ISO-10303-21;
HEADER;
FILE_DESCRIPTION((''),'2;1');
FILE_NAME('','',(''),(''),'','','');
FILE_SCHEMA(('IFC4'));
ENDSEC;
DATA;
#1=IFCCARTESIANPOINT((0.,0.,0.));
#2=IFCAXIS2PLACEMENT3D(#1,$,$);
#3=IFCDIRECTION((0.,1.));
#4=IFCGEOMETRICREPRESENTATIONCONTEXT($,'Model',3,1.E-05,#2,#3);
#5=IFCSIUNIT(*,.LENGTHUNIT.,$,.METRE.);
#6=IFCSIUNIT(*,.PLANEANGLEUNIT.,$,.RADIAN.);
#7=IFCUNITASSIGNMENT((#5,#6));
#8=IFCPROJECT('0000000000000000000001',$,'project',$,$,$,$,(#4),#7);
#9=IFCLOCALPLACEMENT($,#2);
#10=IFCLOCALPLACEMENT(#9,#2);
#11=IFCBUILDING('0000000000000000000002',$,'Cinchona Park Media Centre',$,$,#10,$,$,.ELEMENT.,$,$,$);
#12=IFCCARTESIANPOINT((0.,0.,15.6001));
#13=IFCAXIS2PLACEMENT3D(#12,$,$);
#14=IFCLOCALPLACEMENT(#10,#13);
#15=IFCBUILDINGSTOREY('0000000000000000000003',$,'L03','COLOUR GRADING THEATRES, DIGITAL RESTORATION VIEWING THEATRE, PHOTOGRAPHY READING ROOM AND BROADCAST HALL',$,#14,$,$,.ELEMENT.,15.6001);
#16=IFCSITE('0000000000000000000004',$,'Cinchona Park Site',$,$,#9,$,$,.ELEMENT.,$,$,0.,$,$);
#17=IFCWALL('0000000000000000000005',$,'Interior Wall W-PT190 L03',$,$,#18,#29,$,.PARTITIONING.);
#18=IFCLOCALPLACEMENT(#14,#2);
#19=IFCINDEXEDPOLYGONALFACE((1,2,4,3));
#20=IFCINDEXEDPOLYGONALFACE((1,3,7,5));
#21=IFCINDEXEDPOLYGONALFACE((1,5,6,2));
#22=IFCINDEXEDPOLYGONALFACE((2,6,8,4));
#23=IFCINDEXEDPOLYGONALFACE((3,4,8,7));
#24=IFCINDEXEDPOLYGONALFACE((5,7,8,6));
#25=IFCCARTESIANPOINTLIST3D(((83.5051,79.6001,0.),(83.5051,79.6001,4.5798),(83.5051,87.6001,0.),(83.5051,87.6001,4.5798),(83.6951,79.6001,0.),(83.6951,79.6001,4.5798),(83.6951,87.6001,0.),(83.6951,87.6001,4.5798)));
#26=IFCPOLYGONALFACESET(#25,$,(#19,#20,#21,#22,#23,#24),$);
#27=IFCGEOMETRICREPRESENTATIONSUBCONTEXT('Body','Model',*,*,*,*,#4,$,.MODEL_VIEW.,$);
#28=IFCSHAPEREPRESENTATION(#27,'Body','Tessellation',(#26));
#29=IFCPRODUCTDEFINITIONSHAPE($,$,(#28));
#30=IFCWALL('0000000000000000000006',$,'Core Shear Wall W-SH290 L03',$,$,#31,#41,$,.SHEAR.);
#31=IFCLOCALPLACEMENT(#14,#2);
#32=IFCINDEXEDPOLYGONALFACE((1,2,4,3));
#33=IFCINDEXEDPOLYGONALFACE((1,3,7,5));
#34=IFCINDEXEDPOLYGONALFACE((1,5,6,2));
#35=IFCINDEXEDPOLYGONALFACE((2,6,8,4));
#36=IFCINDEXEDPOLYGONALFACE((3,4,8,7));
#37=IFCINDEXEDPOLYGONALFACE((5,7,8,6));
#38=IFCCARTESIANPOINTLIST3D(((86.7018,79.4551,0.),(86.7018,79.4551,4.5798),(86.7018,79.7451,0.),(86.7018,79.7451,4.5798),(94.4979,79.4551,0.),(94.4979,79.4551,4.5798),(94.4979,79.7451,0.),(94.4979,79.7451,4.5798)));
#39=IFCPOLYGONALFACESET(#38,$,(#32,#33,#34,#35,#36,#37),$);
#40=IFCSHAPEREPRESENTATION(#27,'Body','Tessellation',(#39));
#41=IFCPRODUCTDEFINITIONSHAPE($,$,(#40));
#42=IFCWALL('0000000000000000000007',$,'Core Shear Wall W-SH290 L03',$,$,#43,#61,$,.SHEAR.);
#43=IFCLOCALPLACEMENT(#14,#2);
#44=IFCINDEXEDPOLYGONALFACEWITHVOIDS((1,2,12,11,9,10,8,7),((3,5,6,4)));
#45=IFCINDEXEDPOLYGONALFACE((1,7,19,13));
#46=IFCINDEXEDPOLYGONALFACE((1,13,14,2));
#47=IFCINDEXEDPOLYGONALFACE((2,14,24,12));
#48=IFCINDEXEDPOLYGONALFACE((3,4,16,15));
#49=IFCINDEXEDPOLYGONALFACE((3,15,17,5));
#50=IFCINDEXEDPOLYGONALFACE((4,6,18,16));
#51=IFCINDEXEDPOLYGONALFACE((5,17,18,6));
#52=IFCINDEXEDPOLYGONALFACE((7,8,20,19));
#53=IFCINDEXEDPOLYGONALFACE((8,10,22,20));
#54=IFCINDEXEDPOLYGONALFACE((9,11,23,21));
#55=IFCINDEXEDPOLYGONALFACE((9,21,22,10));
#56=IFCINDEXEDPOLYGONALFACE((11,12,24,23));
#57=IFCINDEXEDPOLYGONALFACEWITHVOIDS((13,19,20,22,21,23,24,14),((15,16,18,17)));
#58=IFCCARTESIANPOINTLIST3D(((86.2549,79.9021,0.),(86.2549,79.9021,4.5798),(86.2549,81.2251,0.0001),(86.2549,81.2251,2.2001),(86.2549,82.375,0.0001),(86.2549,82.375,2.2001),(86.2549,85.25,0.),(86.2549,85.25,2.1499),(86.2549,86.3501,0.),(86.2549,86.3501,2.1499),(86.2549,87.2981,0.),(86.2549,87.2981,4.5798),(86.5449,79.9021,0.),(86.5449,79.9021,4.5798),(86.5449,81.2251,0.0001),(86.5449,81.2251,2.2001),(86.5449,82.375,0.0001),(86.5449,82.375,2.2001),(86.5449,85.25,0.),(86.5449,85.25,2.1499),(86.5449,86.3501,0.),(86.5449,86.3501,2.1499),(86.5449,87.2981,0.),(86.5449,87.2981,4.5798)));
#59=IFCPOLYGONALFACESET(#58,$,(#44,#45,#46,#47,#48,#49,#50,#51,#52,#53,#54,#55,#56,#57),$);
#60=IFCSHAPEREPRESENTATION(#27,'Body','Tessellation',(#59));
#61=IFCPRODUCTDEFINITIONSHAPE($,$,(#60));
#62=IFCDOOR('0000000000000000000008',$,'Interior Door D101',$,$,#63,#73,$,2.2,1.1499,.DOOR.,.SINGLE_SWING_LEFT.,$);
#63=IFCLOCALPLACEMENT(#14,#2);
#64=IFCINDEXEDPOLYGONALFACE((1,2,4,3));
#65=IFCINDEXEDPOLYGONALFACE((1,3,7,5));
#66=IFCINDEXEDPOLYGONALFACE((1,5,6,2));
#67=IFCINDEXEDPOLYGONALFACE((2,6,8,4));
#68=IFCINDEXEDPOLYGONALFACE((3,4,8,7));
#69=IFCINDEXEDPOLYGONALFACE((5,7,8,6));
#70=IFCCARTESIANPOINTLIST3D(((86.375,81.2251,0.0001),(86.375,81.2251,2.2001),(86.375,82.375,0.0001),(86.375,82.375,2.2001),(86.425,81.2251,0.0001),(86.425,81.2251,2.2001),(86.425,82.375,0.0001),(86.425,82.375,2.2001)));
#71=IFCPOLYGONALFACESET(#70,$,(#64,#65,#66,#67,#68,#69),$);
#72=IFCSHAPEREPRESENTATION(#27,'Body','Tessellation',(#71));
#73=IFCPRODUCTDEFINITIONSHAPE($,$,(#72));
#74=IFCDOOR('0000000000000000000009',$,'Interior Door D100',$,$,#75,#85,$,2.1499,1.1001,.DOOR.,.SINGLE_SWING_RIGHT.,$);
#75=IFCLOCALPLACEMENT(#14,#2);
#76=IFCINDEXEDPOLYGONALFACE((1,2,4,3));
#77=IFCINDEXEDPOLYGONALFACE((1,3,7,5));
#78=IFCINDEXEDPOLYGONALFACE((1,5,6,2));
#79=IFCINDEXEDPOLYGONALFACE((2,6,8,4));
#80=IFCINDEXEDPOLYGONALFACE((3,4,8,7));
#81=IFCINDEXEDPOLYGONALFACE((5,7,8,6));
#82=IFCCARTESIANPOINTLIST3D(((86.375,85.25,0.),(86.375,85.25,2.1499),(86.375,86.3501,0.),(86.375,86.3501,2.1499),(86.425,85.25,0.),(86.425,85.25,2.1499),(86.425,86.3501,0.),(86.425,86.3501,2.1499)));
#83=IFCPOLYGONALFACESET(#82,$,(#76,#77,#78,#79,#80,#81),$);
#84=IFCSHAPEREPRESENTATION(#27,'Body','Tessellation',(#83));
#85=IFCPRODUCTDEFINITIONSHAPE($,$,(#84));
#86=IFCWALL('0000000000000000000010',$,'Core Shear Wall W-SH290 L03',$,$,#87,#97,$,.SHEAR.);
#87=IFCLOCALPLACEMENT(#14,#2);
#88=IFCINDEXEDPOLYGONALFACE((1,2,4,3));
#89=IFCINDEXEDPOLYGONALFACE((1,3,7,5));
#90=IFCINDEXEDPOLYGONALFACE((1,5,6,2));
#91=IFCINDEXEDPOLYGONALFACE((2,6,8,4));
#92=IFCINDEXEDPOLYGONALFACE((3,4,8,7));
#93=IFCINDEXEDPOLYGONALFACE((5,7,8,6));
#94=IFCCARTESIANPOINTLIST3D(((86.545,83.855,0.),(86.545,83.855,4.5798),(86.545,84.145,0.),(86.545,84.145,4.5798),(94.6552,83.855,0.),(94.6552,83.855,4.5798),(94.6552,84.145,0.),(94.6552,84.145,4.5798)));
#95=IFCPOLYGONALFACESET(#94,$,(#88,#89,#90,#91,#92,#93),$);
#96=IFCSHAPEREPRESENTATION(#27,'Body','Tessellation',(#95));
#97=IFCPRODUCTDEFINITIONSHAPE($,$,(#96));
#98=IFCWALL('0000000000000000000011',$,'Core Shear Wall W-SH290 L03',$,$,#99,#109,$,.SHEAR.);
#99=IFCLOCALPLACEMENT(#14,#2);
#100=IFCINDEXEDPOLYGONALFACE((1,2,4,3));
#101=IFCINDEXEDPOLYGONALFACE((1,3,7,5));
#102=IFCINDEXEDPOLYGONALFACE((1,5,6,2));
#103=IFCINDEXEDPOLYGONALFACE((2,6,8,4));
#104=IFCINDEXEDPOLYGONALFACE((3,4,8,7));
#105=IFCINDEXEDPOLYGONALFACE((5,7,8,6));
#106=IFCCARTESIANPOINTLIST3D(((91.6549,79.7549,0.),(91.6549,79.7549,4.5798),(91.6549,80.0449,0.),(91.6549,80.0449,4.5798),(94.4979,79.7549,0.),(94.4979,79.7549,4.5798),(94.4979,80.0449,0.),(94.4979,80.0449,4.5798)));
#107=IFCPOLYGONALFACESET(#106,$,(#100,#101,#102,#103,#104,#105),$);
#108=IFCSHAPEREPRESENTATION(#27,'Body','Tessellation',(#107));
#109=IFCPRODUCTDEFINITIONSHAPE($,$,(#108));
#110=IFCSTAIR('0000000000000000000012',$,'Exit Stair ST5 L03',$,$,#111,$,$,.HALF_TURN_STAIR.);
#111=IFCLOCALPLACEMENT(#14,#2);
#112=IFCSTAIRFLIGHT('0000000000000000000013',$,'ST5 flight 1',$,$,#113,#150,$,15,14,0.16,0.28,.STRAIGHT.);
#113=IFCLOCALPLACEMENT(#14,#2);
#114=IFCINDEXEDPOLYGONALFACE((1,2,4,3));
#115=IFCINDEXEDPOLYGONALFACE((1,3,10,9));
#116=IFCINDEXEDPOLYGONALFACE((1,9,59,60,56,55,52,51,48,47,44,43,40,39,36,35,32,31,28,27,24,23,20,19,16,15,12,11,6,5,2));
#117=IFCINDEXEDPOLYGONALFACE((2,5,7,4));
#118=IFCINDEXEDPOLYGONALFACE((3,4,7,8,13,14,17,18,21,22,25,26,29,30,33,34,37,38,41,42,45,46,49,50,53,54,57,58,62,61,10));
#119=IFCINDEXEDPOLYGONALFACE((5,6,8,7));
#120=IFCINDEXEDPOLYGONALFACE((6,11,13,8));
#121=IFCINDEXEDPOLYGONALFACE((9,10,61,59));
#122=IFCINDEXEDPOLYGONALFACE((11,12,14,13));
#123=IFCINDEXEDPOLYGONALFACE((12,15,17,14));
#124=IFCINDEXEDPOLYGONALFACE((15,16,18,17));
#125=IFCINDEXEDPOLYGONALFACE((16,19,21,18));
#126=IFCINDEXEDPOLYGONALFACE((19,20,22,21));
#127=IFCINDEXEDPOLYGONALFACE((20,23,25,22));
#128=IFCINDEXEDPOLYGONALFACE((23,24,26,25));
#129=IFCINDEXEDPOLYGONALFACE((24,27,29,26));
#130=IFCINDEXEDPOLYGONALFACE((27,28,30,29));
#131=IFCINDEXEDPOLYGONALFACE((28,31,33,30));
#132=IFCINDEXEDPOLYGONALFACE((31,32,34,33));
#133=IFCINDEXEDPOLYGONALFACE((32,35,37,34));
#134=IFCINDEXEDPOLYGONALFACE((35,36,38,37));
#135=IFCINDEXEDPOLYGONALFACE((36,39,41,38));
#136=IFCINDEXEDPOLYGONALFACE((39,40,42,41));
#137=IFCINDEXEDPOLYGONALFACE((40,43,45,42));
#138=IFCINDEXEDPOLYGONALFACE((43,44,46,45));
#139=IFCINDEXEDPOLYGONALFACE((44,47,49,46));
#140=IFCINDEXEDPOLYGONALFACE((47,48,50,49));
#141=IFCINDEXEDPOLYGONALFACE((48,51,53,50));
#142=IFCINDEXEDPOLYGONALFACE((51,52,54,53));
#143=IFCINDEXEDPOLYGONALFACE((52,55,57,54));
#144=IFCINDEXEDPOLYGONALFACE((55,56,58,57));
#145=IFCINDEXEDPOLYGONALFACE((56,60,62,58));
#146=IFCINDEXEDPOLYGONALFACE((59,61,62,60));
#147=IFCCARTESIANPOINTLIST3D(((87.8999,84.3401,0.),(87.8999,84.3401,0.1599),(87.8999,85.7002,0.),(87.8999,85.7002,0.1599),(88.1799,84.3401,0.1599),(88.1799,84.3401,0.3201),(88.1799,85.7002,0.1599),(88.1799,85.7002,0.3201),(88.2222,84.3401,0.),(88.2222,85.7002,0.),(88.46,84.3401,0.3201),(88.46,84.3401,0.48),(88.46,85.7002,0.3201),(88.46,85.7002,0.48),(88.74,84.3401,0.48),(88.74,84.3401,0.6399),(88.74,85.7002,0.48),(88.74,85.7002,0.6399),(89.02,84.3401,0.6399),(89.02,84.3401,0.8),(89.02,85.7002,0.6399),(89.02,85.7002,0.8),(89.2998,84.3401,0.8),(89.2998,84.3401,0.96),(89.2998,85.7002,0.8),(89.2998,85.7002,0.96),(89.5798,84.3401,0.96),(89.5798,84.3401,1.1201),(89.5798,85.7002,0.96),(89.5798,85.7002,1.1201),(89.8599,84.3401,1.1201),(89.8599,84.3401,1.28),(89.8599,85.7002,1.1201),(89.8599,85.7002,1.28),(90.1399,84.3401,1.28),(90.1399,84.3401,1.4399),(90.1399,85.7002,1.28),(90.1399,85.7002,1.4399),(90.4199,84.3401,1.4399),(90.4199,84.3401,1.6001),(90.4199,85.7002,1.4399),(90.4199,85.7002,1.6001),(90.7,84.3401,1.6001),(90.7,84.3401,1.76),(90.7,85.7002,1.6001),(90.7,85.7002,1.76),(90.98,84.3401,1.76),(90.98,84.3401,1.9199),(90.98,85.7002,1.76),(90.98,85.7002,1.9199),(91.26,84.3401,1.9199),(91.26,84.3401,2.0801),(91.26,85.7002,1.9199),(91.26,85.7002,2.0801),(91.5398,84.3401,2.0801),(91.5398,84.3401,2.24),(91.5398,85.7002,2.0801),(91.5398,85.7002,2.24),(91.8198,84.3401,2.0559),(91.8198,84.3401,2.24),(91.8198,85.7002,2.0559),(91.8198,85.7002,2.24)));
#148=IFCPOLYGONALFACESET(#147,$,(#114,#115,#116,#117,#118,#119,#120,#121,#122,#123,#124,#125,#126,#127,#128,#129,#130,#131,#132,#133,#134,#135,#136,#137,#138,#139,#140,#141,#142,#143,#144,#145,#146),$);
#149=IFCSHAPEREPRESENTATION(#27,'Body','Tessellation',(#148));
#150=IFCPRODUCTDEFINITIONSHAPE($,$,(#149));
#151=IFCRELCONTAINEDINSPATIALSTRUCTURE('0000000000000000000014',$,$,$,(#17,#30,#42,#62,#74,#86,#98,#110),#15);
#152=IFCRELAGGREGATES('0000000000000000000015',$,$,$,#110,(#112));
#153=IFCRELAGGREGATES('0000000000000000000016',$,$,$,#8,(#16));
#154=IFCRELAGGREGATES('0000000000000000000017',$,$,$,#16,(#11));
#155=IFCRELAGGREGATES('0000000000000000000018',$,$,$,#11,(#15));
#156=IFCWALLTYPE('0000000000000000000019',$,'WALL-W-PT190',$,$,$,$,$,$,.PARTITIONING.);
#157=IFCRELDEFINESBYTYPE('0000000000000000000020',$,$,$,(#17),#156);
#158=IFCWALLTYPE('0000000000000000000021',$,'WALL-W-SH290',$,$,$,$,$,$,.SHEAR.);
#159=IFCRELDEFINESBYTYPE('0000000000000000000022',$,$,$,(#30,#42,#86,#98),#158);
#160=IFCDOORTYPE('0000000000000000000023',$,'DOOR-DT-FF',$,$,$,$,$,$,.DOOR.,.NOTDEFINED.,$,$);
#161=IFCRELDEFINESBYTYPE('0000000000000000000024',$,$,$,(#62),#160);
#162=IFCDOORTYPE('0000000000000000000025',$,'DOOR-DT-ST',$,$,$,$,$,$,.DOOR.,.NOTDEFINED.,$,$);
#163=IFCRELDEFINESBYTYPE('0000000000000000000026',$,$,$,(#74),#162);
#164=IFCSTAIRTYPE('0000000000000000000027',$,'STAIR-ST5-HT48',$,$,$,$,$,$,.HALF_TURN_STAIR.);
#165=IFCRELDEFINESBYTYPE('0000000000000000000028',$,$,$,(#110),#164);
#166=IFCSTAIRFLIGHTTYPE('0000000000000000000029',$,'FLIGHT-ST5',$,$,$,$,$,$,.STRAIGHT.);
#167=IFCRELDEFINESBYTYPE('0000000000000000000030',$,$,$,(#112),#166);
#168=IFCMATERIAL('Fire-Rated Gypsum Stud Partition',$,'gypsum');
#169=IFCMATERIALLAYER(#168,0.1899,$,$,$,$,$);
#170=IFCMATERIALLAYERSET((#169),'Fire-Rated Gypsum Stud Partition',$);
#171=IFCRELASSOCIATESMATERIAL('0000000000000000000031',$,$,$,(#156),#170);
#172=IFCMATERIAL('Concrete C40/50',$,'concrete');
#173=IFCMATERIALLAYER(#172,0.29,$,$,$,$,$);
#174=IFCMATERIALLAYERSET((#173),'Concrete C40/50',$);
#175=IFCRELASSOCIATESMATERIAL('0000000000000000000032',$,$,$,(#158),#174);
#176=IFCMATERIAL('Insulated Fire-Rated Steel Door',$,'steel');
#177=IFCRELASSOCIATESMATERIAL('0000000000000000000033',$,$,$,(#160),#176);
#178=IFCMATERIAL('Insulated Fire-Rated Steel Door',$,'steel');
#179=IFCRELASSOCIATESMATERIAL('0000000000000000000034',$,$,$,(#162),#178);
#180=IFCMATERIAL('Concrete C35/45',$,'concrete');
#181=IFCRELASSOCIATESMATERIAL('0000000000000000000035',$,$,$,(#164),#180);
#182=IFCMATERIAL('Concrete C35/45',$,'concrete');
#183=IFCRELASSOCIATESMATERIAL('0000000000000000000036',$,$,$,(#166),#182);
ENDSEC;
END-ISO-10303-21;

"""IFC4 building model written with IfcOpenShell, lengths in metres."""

from ifc_helpers import new_model, si_unit, direction, frame, frame_2d, origin, place, context, subcontext, project, spatial, polyline, rectangle, outline, extrude, material, layer, layer_set, type_object, element, fill, aggregate, save


model = new_model("IFC4")

# Units and contexts
model_context = context("Model", 3, precision=1e-05, world=origin(), true_north=direction((0.0, 1.0)))
body_context = subcontext(model_context, "Body", "Model", "MODEL_VIEW")
ifc_project = project(units=[si_unit("LENGTHUNIT", "METRE"), si_unit("PLANEANGLEUNIT", "RADIAN")], contexts=[model_context])

# Site, building, storey
site_placement = place(None, origin())
site = spatial("IfcSite", under=ifc_project, at=site_placement, Name="Cinchona Park Site", CompositionType="ELEMENT", RefElevation=0.0)
building_placement = place(site_placement, origin())
building = spatial("IfcBuilding", under=site, at=building_placement, Name="Cinchona Park Media Centre", CompositionType="ELEMENT")
storey_placement = place(building_placement, frame((0.0, 0.0, 15.6001)))
storey = spatial("IfcBuildingStorey", under=building, at=storey_placement, Name="L03", Description="COLOUR GRADING THEATRES, DIGITAL RESTORATION VIEWING THEATRE, PHOTOGRAPHY READING ROOM AND BROADCAST HALL", CompositionType="ELEMENT", Elevation=15.6001)

# Walls
ifc_material_1 = material(Name="Fire-Rated Gypsum Stud Partition", Category="gypsum")
ifc_layer_1 = layer(ifc_material_1, 0.1899)
ifc_layer_set_1 = layer_set([ifc_layer_1], Name="Fire-Rated Gypsum Stud Partition")
wall_type_1 = type_object("IfcWallType", Name="WALL-W-PT190", PredefinedType="PARTITIONING", material=ifc_layer_set_1)
wall_1_placement = place(storey_placement, frame((83.6001, 79.6001, 0.0), z_axis=(0.0, 0.0, 1.0), x_axis=(0.0, 1.0, 0.0)))
element("IfcWall", 1, at=wall_1_placement, inside=storey, type_object=wall_type_1, Name="Interior Wall W-PT190 L03", PredefinedType="PARTITIONING", context=body_context, shape_type="SweptSolid", body=[
    extrude(rectangle(XDim=8.0, YDim=0.1899, at=frame_2d((4.0, 0.0))), origin(), (0.0, 0.0, 1.0), 4.5798),
])
ifc_material_2 = material(Name="Concrete C40/50", Category="concrete")
ifc_layer_2 = layer(ifc_material_2, 0.29)
ifc_layer_set_2 = layer_set([ifc_layer_2], Name="Concrete C40/50")
wall_type_2 = type_object("IfcWallType", Name="WALL-W-SH290", PredefinedType="SHEAR", material=ifc_layer_set_2)
wall_2_placement = place(storey_placement, frame((86.7019, 79.6001, 0.0), z_axis=(0.0, 0.0, 1.0), x_axis=(1.0, 0.0, 0.0)))
element("IfcWall", 2, at=wall_2_placement, inside=storey, type_object=wall_type_2, Name="Core Shear Wall W-SH290 L03", PredefinedType="SHEAR", context=body_context, shape_type="SweptSolid", body=[
    extrude(rectangle(XDim=7.7961, YDim=0.29, at=frame_2d((3.8979, 0.0))), origin(), (0.0, 0.0, 1.0), 4.5798),
])

# Wall, openings, doors
wall_3_placement = place(storey_placement, frame((86.3999, 79.9021, 0.0), z_axis=(0.0, 0.0, 1.0), x_axis=(0.0, 1.0, 0.0)))
wall_3 = element("IfcWall", 3, at=wall_3_placement, inside=storey, type_object=wall_type_2, Name="Core Shear Wall W-SH290 L03", PredefinedType="SHEAR", context=body_context, shape_type="SweptSolid", body=[
    extrude(rectangle(XDim=7.396, YDim=0.29, at=frame_2d((3.698, 0.0))), origin(), (0.0, 0.0, 1.0), 4.5798),
])
opening_1_placement = place(wall_3_placement, frame((5.3479, 0.0, 0.0)))
opening_1 = element("IfcOpeningElement", 4, at=opening_1_placement, cuts=wall_3, PredefinedType="OPENING", context=body_context, shape_type="SweptSolid", body=[
    extrude(rectangle(XDim=1.1001, YDim=2.1499, at=frame_2d((0.55, 1.075))), frame((0.0, 0.155, 0.0), z_axis=(0.0, -1.0, 0.0), x_axis=(1.0, 0.0, 0.0)), (0.0, 0.0, 1.0), 0.3101),
])
opening_2_placement = place(wall_3_placement, frame((1.323, 0.0, 0.0)))
opening_2 = element("IfcOpeningElement", 5, at=opening_2_placement, cuts=wall_3, PredefinedType="OPENING", context=body_context, shape_type="SweptSolid", body=[
    extrude(rectangle(XDim=1.1499, YDim=2.2, at=frame_2d((0.575, 1.1001))), frame((0.0, 0.155, 0.0), z_axis=(0.0, -1.0, 0.0), x_axis=(1.0, 0.0, 0.0)), (0.0, 0.0, 1.0), 0.3101),
])
ifc_material_3 = material(Name="Insulated Fire-Rated Steel Door", Category="steel")
door_type_1 = type_object("IfcDoorType", Name="DOOR-DT-FF", OperationType="NOTDEFINED", PredefinedType="DOOR", material=ifc_material_3)
door_1_placement = place(opening_2_placement, origin())
door_1 = element("IfcDoor", 6, at=door_1_placement, inside=storey, type_object=door_type_1, Name="Interior Door D101", OperationType="SINGLE_SWING_LEFT", OverallHeight=2.2, OverallWidth=1.1499, PredefinedType="DOOR", context=body_context, shape_type="SweptSolid", body=[
    extrude(rectangle(XDim=1.1499, YDim=2.2, at=frame_2d((0.575, 1.1001))), frame((0.0, 0.0249, 0.0), z_axis=(0.0, -1.0, 0.0), x_axis=(1.0, 0.0, 0.0)), (0.0, 0.0, 1.0), 0.05),
])
fill(opening_2, door_1)
ifc_material_4 = material(Name="Insulated Fire-Rated Steel Door", Category="steel")
door_type_2 = type_object("IfcDoorType", Name="DOOR-DT-ST", OperationType="NOTDEFINED", PredefinedType="DOOR", material=ifc_material_4)
door_2_placement = place(opening_1_placement, origin())
door_2 = element("IfcDoor", 7, at=door_2_placement, inside=storey, type_object=door_type_2, Name="Interior Door D100", OperationType="SINGLE_SWING_RIGHT", OverallHeight=2.1499, OverallWidth=1.1001, PredefinedType="DOOR", context=body_context, shape_type="SweptSolid", body=[
    extrude(rectangle(XDim=1.1001, YDim=2.1499, at=frame_2d((0.55, 1.075))), frame((0.0, 0.0249, 0.0), z_axis=(0.0, -1.0, 0.0), x_axis=(1.0, 0.0, 0.0)), (0.0, 0.0, 1.0), 0.05),
])
fill(opening_1, door_2)

# Walls
wall_4_placement = place(storey_placement, frame((86.5449, 84.0, 0.0), z_axis=(0.0, 0.0, 1.0), x_axis=(1.0, 0.0, 0.0)))
element("IfcWall", 8, at=wall_4_placement, inside=storey, type_object=wall_type_2, Name="Core Shear Wall W-SH290 L03", PredefinedType="SHEAR", context=body_context, shape_type="SweptSolid", body=[
    extrude(rectangle(XDim=8.1101, YDim=0.29, at=frame_2d((4.0552, 0.0))), origin(), (0.0, 0.0, 1.0), 4.5798),
])
wall_5_placement = place(storey_placement, frame((91.655, 79.8999, 0.0), z_axis=(0.0, 0.0, 1.0), x_axis=(1.0, 0.0, 0.0)))
element("IfcWall", 9, at=wall_5_placement, inside=storey, type_object=wall_type_2, Name="Core Shear Wall W-SH290 L03", PredefinedType="SHEAR", context=body_context, shape_type="SweptSolid", body=[
    extrude(rectangle(XDim=2.843, YDim=0.29, at=frame_2d((1.4214, 0.0))), origin(), (0.0, 0.0, 1.0), 4.5798),
])

# Stair, stair flight
ifc_material_5 = material(Name="Concrete C35/45", Category="concrete")
stair_type = type_object("IfcStairType", Name="STAIR-ST5-HT48", PredefinedType="HALF_TURN_STAIR", material=ifc_material_5)
stair_placement = place(storey_placement, origin())
stair = element("IfcStair", 10, at=stair_placement, inside=storey, type_object=stair_type, Name="Exit Stair ST5 L03", PredefinedType="HALF_TURN_STAIR")
ifc_material_6 = material(Name="Concrete C35/45", Category="concrete")
stair_flight_type = type_object("IfcStairFlightType", Name="FLIGHT-ST5", PredefinedType="STRAIGHT", material=ifc_material_6)
stair_flight_placement = place(storey_placement, frame((87.8999, 85.02, 0.0), z_axis=(0.0, 0.0, 1.0), x_axis=(1.0, 0.0, 0.0)))
stair_flight = element("IfcStairFlight", 11, at=stair_flight_placement, type_object=stair_flight_type, Name="ST5 flight 1", NumberOfRisers=15, NumberOfTreads=14, PredefinedType="STRAIGHT", RiserHeight=0.16, TreadLength=0.28, context=body_context, shape_type="SweptSolid", body=[
    extrude(outline(polyline([(0.0, 0.0), (0.0, 0.1599), (0.28, 0.1599), (0.28, 0.3201), (0.5601, 0.3201), (0.5601, 0.48), (0.8401, 0.48), (0.8401, 0.6399), (1.1201, 0.6399), (1.1201, 0.8), (1.3999, 0.8), (1.3999, 0.96), (1.6799, 0.96), (1.6799, 1.1201), (1.96, 1.1201), (1.96, 1.28), (2.24, 1.28), (2.24, 1.4399), (2.52, 1.4399), (2.52, 1.6001), (2.8, 1.6001), (2.8, 1.76), (3.0801, 1.76), (3.0801, 1.9199), (3.3601, 1.9199), (3.3601, 2.0801), (3.6399, 2.0801), (3.6399, 2.24), (3.9199, 2.24), (3.9199, 2.3999), (3.9199, 2.0559), (0.3223, 0.0), (0.0, 0.0)])), frame((0.0, 0.6802, 0.0), z_axis=(0.0, -1.0, 0.0), x_axis=(1.0, 0.0, 0.0)), (0.0, 0.0, 1.0), 1.3601),
])
aggregate(stair, [stair_flight])

save(model, "model.ifc")
